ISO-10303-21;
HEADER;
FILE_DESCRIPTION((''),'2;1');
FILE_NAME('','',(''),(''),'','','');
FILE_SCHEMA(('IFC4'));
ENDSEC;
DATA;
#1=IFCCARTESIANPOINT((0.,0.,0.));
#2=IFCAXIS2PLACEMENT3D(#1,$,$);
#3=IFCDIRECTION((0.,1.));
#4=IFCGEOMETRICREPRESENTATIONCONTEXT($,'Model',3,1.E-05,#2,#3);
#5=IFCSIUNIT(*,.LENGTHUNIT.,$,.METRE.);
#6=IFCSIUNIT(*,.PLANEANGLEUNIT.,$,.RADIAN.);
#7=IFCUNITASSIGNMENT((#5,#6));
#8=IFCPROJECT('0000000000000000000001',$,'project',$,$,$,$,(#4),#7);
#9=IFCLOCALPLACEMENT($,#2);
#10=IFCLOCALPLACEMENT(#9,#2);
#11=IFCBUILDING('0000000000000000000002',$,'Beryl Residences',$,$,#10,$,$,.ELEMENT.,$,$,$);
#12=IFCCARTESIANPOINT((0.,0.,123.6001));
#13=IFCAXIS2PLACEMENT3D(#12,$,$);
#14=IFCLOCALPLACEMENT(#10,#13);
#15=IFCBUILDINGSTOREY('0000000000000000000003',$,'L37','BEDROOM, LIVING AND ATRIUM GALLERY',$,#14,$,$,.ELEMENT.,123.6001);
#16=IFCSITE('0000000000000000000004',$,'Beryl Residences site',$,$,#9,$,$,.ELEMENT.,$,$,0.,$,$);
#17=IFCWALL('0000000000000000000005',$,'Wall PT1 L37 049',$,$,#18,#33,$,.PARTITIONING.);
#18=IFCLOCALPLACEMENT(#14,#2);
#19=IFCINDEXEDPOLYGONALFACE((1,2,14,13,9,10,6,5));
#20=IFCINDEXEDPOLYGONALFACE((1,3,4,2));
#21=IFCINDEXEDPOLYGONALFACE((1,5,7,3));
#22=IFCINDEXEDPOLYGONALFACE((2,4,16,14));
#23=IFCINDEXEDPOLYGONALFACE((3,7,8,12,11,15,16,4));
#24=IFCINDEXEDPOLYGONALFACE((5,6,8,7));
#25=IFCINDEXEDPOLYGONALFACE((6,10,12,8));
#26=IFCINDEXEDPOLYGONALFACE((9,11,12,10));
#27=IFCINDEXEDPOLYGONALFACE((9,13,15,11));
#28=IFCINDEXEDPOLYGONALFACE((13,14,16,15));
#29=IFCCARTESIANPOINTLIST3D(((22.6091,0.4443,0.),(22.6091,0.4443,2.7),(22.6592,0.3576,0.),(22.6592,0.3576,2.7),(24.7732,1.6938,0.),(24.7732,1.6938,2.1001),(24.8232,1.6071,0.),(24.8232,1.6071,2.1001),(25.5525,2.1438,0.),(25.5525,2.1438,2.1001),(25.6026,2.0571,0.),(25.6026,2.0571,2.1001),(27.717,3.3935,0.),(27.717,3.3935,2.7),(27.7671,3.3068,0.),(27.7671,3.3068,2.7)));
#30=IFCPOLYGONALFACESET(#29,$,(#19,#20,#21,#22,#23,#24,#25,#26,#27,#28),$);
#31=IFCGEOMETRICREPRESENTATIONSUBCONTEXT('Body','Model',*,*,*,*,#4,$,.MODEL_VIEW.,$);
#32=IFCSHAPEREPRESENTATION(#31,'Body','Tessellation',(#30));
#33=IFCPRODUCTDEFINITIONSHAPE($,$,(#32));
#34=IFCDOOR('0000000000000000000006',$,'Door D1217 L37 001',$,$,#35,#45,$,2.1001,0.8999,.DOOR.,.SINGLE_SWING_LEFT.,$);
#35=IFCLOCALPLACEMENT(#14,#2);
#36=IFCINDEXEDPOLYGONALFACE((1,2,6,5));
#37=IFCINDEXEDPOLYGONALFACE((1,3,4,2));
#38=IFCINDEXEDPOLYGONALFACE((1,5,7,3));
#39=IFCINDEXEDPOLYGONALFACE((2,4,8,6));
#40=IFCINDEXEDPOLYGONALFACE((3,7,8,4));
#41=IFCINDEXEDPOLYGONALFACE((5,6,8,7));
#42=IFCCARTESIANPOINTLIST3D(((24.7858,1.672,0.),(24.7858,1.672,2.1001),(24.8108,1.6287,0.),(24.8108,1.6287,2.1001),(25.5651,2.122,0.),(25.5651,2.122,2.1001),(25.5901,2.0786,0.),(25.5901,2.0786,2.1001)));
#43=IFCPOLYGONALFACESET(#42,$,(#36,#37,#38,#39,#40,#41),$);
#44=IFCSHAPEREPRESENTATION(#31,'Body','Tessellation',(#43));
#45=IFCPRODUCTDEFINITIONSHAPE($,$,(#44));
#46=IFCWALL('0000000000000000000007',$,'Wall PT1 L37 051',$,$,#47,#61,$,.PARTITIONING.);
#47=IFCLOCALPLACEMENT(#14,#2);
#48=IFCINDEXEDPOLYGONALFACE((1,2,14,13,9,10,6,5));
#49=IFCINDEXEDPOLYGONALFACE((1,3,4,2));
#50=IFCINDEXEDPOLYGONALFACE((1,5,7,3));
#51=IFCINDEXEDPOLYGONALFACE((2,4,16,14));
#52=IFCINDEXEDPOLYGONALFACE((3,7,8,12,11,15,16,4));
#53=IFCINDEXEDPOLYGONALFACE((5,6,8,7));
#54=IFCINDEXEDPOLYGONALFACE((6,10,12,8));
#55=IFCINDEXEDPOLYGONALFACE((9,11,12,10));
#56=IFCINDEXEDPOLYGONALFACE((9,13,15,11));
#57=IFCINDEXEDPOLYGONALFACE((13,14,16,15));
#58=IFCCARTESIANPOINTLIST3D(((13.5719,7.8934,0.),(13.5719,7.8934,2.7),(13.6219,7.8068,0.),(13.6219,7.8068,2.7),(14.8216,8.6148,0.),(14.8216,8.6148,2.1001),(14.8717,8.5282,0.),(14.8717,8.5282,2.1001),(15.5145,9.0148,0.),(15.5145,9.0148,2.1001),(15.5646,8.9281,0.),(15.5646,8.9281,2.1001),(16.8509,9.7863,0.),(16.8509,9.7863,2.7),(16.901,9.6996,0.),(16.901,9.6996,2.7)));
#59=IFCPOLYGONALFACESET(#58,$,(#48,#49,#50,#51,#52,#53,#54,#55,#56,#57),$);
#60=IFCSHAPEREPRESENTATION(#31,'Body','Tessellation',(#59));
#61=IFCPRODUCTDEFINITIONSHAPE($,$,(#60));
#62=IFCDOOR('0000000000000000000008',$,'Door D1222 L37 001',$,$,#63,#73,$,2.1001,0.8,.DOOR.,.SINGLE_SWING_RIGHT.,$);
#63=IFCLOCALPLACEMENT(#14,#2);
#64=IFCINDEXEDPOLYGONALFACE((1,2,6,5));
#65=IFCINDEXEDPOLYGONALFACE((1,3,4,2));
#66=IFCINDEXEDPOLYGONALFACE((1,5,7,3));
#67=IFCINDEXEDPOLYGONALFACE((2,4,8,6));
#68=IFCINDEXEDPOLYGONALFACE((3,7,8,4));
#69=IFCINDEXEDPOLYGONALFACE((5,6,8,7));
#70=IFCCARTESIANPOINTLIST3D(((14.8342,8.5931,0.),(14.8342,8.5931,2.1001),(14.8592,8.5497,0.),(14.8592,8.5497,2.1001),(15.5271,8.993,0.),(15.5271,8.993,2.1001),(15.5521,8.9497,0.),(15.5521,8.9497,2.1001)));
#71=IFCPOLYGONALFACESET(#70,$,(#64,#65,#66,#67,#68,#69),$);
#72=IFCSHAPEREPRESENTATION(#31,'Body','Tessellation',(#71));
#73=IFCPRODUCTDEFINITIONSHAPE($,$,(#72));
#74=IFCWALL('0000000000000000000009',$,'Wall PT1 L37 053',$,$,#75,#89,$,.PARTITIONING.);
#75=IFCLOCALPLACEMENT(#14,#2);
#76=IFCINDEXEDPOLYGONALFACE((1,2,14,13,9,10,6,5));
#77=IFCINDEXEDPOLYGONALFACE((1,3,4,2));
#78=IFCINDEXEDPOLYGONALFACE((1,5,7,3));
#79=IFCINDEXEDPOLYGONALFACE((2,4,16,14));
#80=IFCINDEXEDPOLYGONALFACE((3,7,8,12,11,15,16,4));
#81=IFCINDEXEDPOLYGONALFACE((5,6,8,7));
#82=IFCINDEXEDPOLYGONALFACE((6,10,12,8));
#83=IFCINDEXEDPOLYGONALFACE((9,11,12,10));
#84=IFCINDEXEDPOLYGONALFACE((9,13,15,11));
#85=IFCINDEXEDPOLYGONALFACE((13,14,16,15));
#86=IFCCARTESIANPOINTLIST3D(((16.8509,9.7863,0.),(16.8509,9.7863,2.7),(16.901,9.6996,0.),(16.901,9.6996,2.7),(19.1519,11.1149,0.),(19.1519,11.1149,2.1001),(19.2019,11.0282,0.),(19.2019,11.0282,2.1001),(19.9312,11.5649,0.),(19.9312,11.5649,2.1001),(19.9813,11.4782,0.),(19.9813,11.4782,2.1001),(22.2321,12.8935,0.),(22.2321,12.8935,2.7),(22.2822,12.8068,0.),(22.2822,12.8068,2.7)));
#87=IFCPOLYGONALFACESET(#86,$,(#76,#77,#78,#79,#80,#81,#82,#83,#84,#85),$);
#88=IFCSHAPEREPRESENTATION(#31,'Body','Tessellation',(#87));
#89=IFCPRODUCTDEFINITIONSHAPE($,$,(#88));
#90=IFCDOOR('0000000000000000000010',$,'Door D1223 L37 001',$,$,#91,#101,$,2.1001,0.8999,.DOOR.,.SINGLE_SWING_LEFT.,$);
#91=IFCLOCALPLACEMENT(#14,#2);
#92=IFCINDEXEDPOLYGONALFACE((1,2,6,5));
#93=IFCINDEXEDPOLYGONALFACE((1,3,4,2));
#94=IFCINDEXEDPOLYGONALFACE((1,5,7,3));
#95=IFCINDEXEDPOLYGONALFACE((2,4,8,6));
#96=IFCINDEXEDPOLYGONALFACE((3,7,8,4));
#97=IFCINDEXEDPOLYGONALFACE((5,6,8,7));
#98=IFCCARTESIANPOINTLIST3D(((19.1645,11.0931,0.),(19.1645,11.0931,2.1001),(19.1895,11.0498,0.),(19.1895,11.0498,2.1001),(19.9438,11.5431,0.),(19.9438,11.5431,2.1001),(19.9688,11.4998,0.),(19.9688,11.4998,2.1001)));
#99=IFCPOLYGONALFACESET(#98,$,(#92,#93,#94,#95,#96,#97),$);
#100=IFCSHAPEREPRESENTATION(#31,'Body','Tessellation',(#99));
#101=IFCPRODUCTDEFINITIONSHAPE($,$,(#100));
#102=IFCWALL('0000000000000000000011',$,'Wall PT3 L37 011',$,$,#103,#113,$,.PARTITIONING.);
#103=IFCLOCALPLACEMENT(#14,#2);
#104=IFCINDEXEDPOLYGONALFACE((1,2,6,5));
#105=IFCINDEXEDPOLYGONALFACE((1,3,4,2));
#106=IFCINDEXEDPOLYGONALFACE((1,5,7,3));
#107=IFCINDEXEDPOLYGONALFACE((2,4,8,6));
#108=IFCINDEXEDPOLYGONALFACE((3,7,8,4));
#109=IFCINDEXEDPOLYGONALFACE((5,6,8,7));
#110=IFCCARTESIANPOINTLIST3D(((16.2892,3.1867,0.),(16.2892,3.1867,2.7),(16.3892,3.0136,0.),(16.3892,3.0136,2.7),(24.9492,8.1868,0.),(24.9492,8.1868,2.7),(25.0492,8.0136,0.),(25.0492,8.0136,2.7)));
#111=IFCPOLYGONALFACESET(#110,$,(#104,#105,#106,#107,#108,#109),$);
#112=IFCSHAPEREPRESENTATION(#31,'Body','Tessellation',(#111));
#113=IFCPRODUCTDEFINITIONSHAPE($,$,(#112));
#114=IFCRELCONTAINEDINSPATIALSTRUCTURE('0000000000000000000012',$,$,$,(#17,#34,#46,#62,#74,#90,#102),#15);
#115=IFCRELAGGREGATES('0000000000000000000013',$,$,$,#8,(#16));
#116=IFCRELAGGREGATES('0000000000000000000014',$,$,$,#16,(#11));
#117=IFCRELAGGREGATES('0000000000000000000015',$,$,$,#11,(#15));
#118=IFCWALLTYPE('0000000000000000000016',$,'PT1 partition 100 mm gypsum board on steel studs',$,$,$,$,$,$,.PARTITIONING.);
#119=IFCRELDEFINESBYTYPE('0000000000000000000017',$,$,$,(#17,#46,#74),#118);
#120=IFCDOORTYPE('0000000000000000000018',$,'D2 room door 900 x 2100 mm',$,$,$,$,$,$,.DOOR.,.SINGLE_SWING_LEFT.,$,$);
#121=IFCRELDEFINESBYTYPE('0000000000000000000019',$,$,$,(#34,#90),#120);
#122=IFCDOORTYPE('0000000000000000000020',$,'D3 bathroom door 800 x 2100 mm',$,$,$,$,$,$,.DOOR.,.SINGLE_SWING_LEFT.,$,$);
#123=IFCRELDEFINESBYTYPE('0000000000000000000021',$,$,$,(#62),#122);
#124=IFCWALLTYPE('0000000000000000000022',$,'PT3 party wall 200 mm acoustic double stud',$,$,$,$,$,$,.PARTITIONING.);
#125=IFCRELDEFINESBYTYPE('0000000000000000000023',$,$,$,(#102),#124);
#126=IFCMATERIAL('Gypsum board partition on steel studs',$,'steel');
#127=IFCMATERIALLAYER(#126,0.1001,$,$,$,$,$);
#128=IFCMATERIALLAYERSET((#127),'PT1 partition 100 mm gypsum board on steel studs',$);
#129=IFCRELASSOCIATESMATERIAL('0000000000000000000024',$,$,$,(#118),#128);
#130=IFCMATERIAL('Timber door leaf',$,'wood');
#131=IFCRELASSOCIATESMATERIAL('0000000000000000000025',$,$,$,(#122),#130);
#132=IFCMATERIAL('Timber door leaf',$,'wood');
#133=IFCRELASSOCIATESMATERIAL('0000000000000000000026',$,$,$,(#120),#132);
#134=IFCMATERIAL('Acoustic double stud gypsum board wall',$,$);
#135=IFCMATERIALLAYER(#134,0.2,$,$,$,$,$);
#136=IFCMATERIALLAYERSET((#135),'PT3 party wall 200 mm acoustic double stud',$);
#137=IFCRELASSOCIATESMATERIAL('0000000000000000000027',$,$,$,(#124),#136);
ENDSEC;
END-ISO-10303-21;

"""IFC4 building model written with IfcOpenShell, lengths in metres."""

from ifc_helpers import new_model, si_unit, direction, frame, frame_2d, origin, place, context, subcontext, project, spatial, rectangle, extrude, material, layer, layer_set, type_object, element, fill, save


model = new_model("IFC4")

# Units and contexts
model_context = context("Model", 3, precision=1e-05, world=origin(), true_north=direction((0.0, 1.0)))
body_context = subcontext(model_context, "Body", "Model", "MODEL_VIEW")
ifc_project = project(units=[si_unit("LENGTHUNIT", "METRE"), si_unit("PLANEANGLEUNIT", "RADIAN")], contexts=[model_context])

# Site, building, storey
site_placement = place(None, origin())
site = spatial("IfcSite", under=ifc_project, at=site_placement, Name="Beryl Residences site", CompositionType="ELEMENT", RefElevation=0.0)
building_placement = place(site_placement, origin())
building = spatial("IfcBuilding", under=site, at=building_placement, Name="Beryl Residences", CompositionType="ELEMENT")
storey_placement = place(building_placement, frame((0.0, 0.0, 123.6001)))
storey = spatial("IfcBuildingStorey", under=building, at=storey_placement, Name="L37", Description="BEDROOM, LIVING AND ATRIUM GALLERY", CompositionType="ELEMENT", Elevation=123.6001)

# Shared definitions
ifc_material_1 = material(Name="Gypsum board partition on steel studs", Category="steel")
ifc_layer_1 = layer(ifc_material_1, 0.1001)
ifc_layer_set_1 = layer_set([ifc_layer_1], Name="PT1 partition 100 mm gypsum board on steel studs")
wall_type_1 = type_object("IfcWallType", Name="PT1 partition 100 mm gypsum board on steel studs", PredefinedType="PARTITIONING", material=ifc_layer_set_1)
ifc_material_2 = material(Name="Timber door leaf", Category="wood")
door_type_1 = type_object("IfcDoorType", Name="D3 bathroom door 800 x 2100 mm", OperationType="SINGLE_SWING_LEFT", PredefinedType="DOOR", material=ifc_material_2)
ifc_material_3 = material(Name="Timber door leaf", Category="wood")
door_type_2 = type_object("IfcDoorType", Name="D2 room door 900 x 2100 mm", OperationType="SINGLE_SWING_LEFT", PredefinedType="DOOR", material=ifc_material_3)

# Walls, openings, doors
wall_1_placement = place(storey_placement, frame((22.634, 0.4009, 0.0), z_axis=(0.0, 0.0, 1.0), x_axis=(0.866013, 0.500021, 0.0)))
wall_1 = element("IfcWall", 1, at=wall_1_placement, inside=storey, type_object=wall_type_1, Name="Wall PT1 L37 049", PredefinedType="PARTITIONING", context=body_context, shape_type="SweptSolid", body=[
    extrude(rectangle(XDim=5.8982, YDim=0.1001, at=frame_2d((2.9492, 0.0))), origin(), (0.0, 0.0, 1.0), 2.7),
])
opening_1_placement = place(wall_1_placement, frame((2.499, 0.0, 0.0)))
opening_1 = element("IfcOpeningElement", 2, at=opening_1_placement, cuts=wall_1, PredefinedType="OPENING", context=body_context, shape_type="SweptSolid", body=[
    extrude(rectangle(XDim=0.8999, YDim=2.1001, at=frame_2d((0.45, 1.05))), frame((0.0, 0.0601, 0.0), z_axis=(0.0, -1.0, 0.0), x_axis=(1.0, 0.0, 0.0)), (0.0, 0.0, 1.0), 0.1201),
])
door_1_placement = place(opening_1_placement, origin())
door_1 = element("IfcDoor", 3, at=door_1_placement, inside=storey, type_object=door_type_2, Name="Door D1217 L37 001", OperationType="SINGLE_SWING_LEFT", OverallHeight=2.1001, OverallWidth=0.8999, PredefinedType="DOOR", context=body_context, shape_type="SweptSolid", body=[
    extrude(rectangle(XDim=0.8999, YDim=2.1001, at=frame_2d((0.45, 1.05))), frame((0.0, 0.0249, 0.0), z_axis=(0.0, -1.0, 0.0), x_axis=(1.0, 0.0, 0.0)), (0.0, 0.0, 1.0), 0.05),
])
fill(opening_1, door_1)
wall_2_placement = place(storey_placement, frame((13.5969, 7.8501, 0.0), z_axis=(0.0, 0.0, 1.0), x_axis=(0.866064, 0.499933, 0.0)))
wall_2 = element("IfcWall", 4, at=wall_2_placement, inside=storey, type_object=wall_type_1, Name="Wall PT1 L37 051", PredefinedType="PARTITIONING", context=body_context, shape_type="SweptSolid", body=[
    extrude(rectangle(XDim=3.7861, YDim=0.1001, at=frame_2d((1.8931, 0.0))), origin(), (0.0, 0.0, 1.0), 2.7),
])
opening_2_placement = place(wall_2_placement, frame((1.4431, 0.0, 0.0)))
opening_2 = element("IfcOpeningElement", 5, at=opening_2_placement, cuts=wall_2, PredefinedType="OPENING", context=body_context, shape_type="SweptSolid", body=[
    extrude(rectangle(XDim=0.8, YDim=2.1001, at=frame_2d((0.3999, 1.05))), frame((0.0, 0.0601, 0.0), z_axis=(0.0, -1.0, 0.0), x_axis=(1.0, 0.0, 0.0)), (0.0, 0.0, 1.0), 0.1201),
])
door_2_placement = place(opening_2_placement, origin())
door_2 = element("IfcDoor", 6, at=door_2_placement, inside=storey, type_object=door_type_1, Name="Door D1222 L37 001", OperationType="SINGLE_SWING_RIGHT", OverallHeight=2.1001, OverallWidth=0.8, PredefinedType="DOOR", context=body_context, shape_type="SweptSolid", body=[
    extrude(rectangle(XDim=0.8, YDim=2.1001, at=frame_2d((0.3999, 1.05))), frame((0.0, 0.0249, 0.0), z_axis=(0.0, -1.0, 0.0), x_axis=(1.0, 0.0, 0.0)), (0.0, 0.0, 1.0), 0.05),
])
fill(opening_2, door_2)
wall_3_placement = place(storey_placement, frame((16.876, 9.7429, 0.0), z_axis=(0.0, 0.0, 1.0), x_axis=(0.865998, 0.500048, 0.0)))
wall_3 = element("IfcWall", 7, at=wall_3_placement, inside=storey, type_object=wall_type_1, Name="Wall PT1 L37 053", PredefinedType="PARTITIONING", context=body_context, shape_type="SweptSolid", body=[
    extrude(rectangle(XDim=6.2139, YDim=0.1001, at=frame_2d((3.1069, 0.0))), origin(), (0.0, 0.0, 1.0), 2.7),
])
opening_3_placement = place(wall_3_placement, frame((2.657, 0.0, 0.0)))
opening_3 = element("IfcOpeningElement", 8, at=opening_3_placement, cuts=wall_3, PredefinedType="OPENING", context=body_context, shape_type="SweptSolid", body=[
    extrude(rectangle(XDim=0.8999, YDim=2.1001, at=frame_2d((0.45, 1.05))), frame((0.0, 0.0601, 0.0), z_axis=(0.0, -1.0, 0.0), x_axis=(1.0, 0.0, 0.0)), (0.0, 0.0, 1.0), 0.1201),
])
door_3_placement = place(opening_3_placement, origin())
door_3 = element("IfcDoor", 9, at=door_3_placement, inside=storey, type_object=door_type_2, Name="Door D1223 L37 001", OperationType="SINGLE_SWING_LEFT", OverallHeight=2.1001, OverallWidth=0.8999, PredefinedType="DOOR", context=body_context, shape_type="SweptSolid", body=[
    extrude(rectangle(XDim=0.8999, YDim=2.1001, at=frame_2d((0.45, 1.05))), frame((0.0, 0.0249, 0.0), z_axis=(0.0, -1.0, 0.0), x_axis=(1.0, 0.0, 0.0)), (0.0, 0.0, 1.0), 0.05),
])
fill(opening_3, door_3)

# Wall
ifc_material_4 = material(Name="Acoustic double stud gypsum board wall")
ifc_layer_2 = layer(ifc_material_4, 0.2)
ifc_layer_set_2 = layer_set([ifc_layer_2], Name="PT3 party wall 200 mm acoustic double stud")
wall_type_2 = type_object("IfcWallType", Name="PT3 party wall 200 mm acoustic double stud", PredefinedType="PARTITIONING", material=ifc_layer_set_2)
wall_4_placement = place(storey_placement, frame((16.3391, 3.1001, 0.0), z_axis=(0.0, 0.0, 1.0), x_axis=(0.866017, 0.500015, 0.0)))
element("IfcWall", 10, at=wall_4_placement, inside=storey, type_object=wall_type_2, Name="Wall PT3 L37 011", PredefinedType="PARTITIONING", context=body_context, shape_type="SweptSolid", body=[
    extrude(rectangle(XDim=9.9998, YDim=0.2, at=frame_2d((5.0, 0.0))), origin(), (0.0, 0.0, 1.0), 2.7),
])

save(model, "model.ifc")
